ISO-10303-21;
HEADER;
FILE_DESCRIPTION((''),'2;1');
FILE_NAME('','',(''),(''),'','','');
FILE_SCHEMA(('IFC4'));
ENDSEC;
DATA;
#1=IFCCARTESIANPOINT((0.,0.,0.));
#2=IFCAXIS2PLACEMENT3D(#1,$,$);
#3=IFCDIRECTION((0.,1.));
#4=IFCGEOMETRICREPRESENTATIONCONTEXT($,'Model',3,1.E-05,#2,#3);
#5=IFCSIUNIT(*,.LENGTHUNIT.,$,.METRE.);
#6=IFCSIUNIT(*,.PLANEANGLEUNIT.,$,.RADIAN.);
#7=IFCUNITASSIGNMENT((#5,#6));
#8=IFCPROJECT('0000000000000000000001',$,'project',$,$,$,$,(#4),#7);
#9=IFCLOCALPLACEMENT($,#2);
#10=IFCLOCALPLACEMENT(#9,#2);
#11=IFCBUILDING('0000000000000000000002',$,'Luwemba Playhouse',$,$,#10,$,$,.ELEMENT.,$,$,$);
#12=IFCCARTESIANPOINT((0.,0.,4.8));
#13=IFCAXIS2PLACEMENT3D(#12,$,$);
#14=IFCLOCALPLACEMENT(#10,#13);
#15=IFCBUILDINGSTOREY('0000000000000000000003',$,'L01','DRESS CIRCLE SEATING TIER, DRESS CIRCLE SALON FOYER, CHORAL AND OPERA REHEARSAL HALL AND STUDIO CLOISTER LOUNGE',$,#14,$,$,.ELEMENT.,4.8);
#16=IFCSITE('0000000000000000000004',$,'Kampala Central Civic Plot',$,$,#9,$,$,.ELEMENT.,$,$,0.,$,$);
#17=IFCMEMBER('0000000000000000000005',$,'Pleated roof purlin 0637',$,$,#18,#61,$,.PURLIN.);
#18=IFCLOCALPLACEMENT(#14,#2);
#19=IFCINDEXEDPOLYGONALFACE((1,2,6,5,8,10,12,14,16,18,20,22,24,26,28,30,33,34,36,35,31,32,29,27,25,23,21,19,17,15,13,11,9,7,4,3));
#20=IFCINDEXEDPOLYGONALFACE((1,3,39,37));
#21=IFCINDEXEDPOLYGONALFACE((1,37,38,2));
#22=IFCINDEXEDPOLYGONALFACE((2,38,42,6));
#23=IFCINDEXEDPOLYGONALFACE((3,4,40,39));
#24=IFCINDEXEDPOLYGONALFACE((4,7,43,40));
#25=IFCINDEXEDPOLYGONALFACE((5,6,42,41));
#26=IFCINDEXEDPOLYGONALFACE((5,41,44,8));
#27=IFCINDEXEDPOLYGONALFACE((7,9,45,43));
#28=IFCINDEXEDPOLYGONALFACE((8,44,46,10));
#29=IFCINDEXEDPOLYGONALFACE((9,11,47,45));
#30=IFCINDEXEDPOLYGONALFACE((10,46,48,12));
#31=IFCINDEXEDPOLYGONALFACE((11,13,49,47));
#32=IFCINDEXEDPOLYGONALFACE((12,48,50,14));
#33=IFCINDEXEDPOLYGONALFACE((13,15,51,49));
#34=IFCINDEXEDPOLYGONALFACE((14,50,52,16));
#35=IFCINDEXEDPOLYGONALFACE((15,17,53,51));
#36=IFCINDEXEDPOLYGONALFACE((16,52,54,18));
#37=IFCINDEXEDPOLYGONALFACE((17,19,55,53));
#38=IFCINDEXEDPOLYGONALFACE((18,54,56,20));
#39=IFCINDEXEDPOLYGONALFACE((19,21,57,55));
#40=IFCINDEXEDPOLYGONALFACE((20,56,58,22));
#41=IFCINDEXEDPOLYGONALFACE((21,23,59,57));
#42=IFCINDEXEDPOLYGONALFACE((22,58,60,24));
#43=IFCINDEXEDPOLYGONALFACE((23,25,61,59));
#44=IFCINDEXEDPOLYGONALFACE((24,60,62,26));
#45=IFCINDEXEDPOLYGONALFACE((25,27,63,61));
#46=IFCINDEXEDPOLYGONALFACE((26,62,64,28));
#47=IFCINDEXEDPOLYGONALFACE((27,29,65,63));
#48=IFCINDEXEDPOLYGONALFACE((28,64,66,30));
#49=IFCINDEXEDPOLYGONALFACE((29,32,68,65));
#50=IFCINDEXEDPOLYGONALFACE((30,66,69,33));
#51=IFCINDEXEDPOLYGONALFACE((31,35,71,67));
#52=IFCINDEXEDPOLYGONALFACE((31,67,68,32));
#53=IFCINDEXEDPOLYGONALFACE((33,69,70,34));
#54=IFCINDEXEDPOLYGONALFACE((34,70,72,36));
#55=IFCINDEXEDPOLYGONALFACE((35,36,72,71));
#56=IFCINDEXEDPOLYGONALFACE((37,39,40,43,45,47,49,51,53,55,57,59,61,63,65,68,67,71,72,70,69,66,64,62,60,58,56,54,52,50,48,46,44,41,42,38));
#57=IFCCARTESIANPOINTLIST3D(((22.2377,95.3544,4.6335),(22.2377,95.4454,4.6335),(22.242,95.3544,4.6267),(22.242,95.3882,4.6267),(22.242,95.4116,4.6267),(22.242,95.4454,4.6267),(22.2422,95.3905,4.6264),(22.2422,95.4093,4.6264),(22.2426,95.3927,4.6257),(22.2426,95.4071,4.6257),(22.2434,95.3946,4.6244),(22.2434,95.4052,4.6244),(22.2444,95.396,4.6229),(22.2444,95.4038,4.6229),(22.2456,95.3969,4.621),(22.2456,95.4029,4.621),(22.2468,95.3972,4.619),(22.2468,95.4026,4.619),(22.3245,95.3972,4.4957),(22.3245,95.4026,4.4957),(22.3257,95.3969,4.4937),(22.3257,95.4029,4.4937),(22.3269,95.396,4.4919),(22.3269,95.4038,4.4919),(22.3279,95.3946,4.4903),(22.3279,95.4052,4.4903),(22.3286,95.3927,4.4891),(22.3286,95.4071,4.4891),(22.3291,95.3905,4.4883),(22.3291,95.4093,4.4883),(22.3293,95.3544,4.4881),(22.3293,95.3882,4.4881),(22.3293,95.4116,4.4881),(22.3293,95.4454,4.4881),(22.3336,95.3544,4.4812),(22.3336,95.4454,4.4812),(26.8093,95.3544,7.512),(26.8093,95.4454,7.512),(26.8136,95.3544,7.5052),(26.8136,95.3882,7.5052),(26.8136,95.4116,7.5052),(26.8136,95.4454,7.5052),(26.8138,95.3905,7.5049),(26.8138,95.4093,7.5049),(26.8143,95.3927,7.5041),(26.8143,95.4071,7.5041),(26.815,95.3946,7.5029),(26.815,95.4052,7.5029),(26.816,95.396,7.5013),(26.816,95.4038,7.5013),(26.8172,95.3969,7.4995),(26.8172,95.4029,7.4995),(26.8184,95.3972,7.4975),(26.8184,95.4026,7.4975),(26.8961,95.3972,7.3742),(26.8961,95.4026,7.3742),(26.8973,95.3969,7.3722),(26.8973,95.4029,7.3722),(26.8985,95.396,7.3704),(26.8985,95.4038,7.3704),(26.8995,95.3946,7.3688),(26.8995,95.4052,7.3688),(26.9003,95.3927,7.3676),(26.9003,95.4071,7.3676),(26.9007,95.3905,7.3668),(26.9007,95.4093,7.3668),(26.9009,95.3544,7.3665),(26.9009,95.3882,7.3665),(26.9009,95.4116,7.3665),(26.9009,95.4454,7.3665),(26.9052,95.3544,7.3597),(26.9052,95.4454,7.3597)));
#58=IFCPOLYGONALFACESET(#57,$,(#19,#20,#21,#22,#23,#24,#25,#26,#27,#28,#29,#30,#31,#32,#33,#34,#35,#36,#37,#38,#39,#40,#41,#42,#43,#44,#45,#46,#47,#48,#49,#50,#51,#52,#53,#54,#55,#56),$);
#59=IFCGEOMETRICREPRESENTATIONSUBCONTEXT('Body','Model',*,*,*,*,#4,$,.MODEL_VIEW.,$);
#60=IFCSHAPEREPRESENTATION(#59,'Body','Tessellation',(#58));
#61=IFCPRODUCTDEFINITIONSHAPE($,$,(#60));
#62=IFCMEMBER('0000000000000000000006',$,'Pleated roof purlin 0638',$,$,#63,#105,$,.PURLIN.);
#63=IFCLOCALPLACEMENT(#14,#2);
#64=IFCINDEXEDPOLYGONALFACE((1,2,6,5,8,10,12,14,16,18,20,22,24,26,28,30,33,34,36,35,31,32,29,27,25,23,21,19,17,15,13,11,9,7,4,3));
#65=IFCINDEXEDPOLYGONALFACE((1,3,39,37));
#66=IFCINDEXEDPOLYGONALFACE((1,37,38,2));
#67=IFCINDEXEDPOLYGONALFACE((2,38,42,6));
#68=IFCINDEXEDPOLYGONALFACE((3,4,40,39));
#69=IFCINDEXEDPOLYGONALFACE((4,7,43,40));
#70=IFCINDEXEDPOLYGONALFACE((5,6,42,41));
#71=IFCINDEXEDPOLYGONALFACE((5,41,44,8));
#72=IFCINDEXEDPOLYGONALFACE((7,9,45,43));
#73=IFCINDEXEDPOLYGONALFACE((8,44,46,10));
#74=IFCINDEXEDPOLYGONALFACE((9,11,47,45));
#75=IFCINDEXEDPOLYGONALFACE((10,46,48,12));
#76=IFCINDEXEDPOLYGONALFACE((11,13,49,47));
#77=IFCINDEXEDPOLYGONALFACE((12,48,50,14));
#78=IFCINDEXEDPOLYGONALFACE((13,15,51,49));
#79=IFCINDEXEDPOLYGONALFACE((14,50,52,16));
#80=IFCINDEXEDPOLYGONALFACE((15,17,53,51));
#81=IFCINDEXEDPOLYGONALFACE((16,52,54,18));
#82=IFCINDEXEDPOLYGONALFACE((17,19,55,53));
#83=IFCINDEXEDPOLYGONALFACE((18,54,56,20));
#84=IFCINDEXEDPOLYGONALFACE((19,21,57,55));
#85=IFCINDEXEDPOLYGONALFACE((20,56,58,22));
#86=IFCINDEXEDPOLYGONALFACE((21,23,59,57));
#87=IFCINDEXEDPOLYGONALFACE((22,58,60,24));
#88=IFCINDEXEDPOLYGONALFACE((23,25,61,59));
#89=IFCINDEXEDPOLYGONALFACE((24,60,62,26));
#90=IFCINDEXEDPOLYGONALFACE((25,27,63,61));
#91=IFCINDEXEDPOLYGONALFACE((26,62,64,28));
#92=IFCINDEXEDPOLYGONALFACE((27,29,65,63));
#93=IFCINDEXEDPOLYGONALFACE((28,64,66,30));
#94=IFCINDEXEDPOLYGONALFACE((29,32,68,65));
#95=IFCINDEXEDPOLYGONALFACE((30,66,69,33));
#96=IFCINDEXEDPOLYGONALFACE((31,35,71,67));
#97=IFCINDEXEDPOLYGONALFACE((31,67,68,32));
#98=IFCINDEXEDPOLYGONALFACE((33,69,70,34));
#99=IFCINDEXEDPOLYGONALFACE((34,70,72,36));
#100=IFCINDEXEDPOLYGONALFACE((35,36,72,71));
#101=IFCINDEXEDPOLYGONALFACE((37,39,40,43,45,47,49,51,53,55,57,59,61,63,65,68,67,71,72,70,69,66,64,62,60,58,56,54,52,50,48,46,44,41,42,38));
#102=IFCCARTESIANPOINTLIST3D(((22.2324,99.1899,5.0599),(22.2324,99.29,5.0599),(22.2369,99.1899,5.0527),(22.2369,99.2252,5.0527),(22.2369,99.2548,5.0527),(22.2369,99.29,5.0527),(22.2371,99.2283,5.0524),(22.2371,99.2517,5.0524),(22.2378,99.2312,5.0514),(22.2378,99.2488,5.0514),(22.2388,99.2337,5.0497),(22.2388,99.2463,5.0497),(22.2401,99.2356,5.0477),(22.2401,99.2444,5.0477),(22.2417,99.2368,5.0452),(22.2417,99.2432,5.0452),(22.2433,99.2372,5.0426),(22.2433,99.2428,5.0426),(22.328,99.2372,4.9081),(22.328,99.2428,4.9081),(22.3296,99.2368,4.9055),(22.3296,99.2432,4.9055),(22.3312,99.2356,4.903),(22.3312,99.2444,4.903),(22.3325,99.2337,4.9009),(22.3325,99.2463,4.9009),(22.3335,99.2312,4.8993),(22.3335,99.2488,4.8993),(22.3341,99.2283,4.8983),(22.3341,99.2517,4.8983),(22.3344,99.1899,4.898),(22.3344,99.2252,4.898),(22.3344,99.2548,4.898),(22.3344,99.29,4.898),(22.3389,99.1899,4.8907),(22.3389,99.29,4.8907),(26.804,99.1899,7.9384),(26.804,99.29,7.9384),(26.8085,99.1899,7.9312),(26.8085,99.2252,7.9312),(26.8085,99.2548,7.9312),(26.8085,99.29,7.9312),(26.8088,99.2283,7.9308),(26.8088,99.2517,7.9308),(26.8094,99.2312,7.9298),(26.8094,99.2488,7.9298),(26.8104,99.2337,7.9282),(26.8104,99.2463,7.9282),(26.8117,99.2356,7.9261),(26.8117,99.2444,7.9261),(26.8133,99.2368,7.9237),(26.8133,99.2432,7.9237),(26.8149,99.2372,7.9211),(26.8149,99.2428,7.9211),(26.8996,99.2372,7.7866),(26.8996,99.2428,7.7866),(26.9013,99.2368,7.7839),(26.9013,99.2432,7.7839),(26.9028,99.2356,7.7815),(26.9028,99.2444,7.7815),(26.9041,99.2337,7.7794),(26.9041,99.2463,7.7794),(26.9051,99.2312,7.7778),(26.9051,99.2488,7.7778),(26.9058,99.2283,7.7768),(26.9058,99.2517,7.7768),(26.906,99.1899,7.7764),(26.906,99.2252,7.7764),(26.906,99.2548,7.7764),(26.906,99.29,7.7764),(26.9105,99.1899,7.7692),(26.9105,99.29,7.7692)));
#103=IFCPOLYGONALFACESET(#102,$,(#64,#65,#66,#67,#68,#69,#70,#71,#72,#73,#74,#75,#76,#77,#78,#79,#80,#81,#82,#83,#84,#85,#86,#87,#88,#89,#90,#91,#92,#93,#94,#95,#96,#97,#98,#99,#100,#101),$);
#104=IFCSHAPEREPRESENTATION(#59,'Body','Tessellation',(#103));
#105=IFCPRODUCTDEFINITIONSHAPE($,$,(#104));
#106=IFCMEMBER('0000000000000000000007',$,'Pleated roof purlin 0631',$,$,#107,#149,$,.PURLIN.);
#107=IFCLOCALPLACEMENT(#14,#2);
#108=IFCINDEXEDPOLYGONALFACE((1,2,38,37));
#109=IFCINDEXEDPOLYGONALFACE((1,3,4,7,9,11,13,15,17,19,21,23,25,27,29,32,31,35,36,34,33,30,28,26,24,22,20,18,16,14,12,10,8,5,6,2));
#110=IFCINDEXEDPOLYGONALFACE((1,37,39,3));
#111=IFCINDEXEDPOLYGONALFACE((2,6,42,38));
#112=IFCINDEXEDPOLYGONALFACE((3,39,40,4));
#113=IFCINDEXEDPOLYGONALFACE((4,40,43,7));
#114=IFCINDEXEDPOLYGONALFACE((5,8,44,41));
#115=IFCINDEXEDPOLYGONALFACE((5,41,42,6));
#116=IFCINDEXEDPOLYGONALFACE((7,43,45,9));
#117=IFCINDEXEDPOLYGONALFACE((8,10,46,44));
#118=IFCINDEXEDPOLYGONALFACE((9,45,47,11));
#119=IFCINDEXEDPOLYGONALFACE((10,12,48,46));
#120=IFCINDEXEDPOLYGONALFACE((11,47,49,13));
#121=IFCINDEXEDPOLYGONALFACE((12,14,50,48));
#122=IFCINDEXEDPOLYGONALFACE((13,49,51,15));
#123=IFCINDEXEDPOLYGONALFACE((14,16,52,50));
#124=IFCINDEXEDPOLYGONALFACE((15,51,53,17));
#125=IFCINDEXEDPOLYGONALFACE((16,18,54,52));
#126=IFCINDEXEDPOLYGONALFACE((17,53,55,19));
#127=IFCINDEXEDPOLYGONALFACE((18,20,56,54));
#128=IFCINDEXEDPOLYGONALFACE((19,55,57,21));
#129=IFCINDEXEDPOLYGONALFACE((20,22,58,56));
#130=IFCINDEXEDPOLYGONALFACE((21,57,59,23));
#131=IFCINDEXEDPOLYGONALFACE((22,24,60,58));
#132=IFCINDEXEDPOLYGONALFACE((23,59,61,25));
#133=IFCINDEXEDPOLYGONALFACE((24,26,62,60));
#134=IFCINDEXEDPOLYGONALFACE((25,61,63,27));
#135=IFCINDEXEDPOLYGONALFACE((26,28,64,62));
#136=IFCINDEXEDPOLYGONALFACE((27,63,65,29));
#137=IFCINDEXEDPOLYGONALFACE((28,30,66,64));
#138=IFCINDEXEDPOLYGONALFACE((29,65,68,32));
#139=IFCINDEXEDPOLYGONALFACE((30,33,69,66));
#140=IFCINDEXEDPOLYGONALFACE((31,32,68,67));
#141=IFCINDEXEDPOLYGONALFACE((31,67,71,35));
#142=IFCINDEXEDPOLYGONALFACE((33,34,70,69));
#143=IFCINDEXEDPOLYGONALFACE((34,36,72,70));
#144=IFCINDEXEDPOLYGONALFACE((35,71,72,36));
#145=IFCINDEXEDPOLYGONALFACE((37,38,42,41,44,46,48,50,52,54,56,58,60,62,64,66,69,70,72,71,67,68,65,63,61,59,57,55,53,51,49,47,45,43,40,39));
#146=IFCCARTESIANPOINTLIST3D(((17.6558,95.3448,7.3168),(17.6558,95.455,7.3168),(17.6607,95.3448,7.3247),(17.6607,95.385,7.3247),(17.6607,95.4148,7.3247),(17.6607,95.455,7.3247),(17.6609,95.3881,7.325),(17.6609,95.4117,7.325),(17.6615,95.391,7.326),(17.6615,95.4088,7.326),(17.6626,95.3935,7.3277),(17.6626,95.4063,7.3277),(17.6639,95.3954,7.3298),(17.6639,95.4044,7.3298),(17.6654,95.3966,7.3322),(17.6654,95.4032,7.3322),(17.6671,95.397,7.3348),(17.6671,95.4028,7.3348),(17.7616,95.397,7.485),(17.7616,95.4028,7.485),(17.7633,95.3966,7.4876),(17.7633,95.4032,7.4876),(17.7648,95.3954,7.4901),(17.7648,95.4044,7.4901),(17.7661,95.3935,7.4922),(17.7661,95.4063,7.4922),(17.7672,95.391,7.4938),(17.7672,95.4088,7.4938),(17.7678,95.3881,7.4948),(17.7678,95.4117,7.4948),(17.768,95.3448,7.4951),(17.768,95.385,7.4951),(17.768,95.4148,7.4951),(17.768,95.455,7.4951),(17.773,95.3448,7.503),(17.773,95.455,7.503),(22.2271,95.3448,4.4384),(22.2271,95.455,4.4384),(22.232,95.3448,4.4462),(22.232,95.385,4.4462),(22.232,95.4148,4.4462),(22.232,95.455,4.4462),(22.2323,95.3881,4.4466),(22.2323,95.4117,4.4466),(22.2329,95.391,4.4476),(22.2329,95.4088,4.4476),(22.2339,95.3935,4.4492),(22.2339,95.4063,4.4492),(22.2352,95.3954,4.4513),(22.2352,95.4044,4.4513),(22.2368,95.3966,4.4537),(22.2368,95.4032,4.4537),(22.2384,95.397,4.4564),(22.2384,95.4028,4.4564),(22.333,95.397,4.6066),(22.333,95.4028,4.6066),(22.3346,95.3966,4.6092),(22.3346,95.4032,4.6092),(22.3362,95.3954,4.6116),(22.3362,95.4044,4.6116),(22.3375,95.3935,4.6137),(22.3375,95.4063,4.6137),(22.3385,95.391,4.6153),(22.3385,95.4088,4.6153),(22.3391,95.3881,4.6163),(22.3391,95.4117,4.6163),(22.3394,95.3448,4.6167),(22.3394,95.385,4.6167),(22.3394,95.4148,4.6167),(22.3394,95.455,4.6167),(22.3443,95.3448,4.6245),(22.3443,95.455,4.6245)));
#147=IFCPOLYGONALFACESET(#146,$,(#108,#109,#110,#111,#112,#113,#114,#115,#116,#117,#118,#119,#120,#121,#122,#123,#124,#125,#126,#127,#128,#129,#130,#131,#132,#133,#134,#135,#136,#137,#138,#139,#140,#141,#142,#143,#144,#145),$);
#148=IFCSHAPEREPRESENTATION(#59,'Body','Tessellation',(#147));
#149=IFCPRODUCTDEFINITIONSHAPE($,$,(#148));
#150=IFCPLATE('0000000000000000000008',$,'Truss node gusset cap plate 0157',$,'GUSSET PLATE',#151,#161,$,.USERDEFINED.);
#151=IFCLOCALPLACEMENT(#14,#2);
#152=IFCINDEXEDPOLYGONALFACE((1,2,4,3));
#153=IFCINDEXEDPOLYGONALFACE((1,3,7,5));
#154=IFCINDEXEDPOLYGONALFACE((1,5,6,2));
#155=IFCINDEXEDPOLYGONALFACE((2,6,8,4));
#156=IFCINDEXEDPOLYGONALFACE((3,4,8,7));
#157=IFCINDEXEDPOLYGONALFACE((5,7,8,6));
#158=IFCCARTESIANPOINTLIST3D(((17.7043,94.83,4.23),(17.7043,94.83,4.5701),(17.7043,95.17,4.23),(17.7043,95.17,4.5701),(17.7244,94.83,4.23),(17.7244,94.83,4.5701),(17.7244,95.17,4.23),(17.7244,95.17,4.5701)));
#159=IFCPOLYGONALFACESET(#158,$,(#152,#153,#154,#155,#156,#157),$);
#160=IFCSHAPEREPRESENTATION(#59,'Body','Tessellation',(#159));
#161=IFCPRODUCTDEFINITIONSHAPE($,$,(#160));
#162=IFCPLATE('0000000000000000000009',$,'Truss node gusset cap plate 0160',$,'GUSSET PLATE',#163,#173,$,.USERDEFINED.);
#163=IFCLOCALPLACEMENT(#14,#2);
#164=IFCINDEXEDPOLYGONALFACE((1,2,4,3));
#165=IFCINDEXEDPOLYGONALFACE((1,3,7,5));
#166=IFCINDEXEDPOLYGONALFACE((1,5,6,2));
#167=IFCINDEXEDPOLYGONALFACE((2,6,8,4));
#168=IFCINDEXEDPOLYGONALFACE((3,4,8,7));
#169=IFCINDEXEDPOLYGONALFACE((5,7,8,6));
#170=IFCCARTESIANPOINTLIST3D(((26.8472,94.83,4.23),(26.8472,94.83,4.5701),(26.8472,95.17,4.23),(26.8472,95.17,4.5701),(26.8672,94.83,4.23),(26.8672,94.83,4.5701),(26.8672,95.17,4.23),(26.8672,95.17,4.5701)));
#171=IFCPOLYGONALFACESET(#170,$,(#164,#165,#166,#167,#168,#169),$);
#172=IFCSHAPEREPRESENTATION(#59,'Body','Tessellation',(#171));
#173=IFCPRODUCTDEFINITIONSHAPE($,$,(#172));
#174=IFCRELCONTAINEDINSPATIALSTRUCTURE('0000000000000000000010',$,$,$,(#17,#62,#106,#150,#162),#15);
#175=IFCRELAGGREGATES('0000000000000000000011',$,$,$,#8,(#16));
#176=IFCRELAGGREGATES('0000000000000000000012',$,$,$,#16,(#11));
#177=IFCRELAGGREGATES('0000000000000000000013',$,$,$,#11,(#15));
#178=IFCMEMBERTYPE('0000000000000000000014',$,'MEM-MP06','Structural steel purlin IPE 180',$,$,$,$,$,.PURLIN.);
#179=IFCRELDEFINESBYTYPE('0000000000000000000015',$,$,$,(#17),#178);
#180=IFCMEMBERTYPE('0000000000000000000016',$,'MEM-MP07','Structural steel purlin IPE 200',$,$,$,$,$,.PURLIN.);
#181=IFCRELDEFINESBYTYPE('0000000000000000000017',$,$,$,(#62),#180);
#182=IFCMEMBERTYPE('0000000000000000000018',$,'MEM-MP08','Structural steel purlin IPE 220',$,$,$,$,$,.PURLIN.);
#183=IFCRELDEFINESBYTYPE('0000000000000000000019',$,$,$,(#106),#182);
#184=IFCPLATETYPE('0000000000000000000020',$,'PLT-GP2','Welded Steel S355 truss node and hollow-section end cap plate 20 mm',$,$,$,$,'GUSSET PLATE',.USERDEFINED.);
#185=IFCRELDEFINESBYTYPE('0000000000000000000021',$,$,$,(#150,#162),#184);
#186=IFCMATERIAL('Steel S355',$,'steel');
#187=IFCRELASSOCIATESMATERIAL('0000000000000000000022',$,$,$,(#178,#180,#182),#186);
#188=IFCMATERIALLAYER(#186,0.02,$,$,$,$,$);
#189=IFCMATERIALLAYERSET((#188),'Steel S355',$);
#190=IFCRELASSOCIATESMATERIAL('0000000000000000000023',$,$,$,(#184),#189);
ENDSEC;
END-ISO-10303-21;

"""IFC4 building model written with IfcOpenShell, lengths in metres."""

from ifc_helpers import new_model, si_unit, direction, frame, origin, origin_2d, place, context, subcontext, project, spatial, rectangle, i_section, extrude, material, layer, layer_set, material_profile, profile_set, type_object, element, save


model = new_model("IFC4")

# Units and contexts
model_context = context("Model", 3, precision=1e-05, world=origin(), true_north=direction((0.0, 1.0)))
body_context = subcontext(model_context, "Body", "Model", "MODEL_VIEW")
ifc_project = project(units=[si_unit("LENGTHUNIT", "METRE"), si_unit("PLANEANGLEUNIT", "RADIAN")], contexts=[model_context])

# Site, building, storey
site_placement = place(None, origin())
site = spatial("IfcSite", under=ifc_project, at=site_placement, Name="Kampala Central Civic Plot", CompositionType="ELEMENT", RefElevation=0.0)
building_placement = place(site_placement, origin())
building = spatial("IfcBuilding", under=site, at=building_placement, Name="Luwemba Playhouse", CompositionType="ELEMENT")
storey_placement = place(building_placement, frame((0.0, 0.0, 4.8)))
storey = spatial("IfcBuildingStorey", under=building, at=storey_placement, Name="L01", Description="DRESS CIRCLE SEATING TIER, DRESS CIRCLE SALON FOYER, CHORAL AND OPERA REHEARSAL HALL AND STUDIO CLOISTER LOUNGE", CompositionType="ELEMENT", Elevation=4.8)

# Shared definitions
ifc_material_1 = material(Name="Steel S355", Category="steel")

# Members
ifc_material_profile_1 = material_profile(ifc_material_1, i_section(OverallWidth=0.0911, OverallDepth=0.1799, WebThickness=0.0054, FlangeThickness=0.0081, FilletRadius=0.009, at=origin_2d()))
ifc_profile_set_1 = profile_set([ifc_material_profile_1], Name="Steel S355")
member_type_1 = type_object("IfcMemberType", Name="MEM-MP06", Description="Structural steel purlin IPE 180", PredefinedType="PURLIN", material=ifc_profile_set_1)
member_1_placement = place(storey_placement, frame((22.2856, 95.3999, 4.5574), z_axis=(0.846229, 0.0, 0.532819), x_axis=(0.0, 1.0, 0.0)))
element("IfcMember", 1, at=member_1_placement, inside=storey, type_object=member_type_1, Name="Pleated roof purlin 0637", PredefinedType="PURLIN", context=body_context, shape_type="SweptSolid", body=[
    extrude(i_section(OverallWidth=0.0911, OverallDepth=0.1799, WebThickness=0.0054, FlangeThickness=0.0081, FilletRadius=0.009, at=origin_2d()), origin(), (0.0, 0.0, 1.0), 5.4023),
])
ifc_material_profile_2 = material_profile(ifc_material_1, i_section(OverallWidth=0.1001, OverallDepth=0.2, WebThickness=0.0056, FlangeThickness=0.0085, FilletRadius=0.012, at=origin_2d()))
ifc_profile_set_2 = profile_set([ifc_material_profile_2], Name="Steel S355")
member_type_2 = type_object("IfcMemberType", Name="MEM-MP07", Description="Structural steel purlin IPE 200", PredefinedType="PURLIN", material=ifc_profile_set_2)
member_2_placement = place(storey_placement, frame((22.2856, 99.24, 4.9753), z_axis=(0.846229, 0.0, 0.532819), x_axis=(0.0, 1.0, 0.0)))
element("IfcMember", 2, at=member_2_placement, inside=storey, type_object=member_type_2, Name="Pleated roof purlin 0638", PredefinedType="PURLIN", context=body_context, shape_type="SweptSolid", body=[
    extrude(i_section(OverallWidth=0.1001, OverallDepth=0.2, WebThickness=0.0056, FlangeThickness=0.0085, FilletRadius=0.012, at=origin_2d()), origin(), (0.0, 0.0, 1.0), 5.4023),
])
ifc_material_profile_3 = material_profile(ifc_material_1, i_section(OverallWidth=0.1101, OverallDepth=0.22, WebThickness=0.0059, FlangeThickness=0.0093, FilletRadius=0.012, at=origin_2d()))
ifc_profile_set_3 = profile_set([ifc_material_profile_3], Name="Steel S355")
member_type_3 = type_object("IfcMemberType", Name="MEM-MP08", Description="Structural steel purlin IPE 220", PredefinedType="PURLIN", material=ifc_profile_set_3)
member_3_placement = place(storey_placement, frame((17.7144, 95.3999, 7.4099), z_axis=(0.846216, 0.0, -0.53284), x_axis=(0.0, 1.0, 0.0)))
element("IfcMember", 3, at=member_3_placement, inside=storey, type_object=member_type_3, Name="Pleated roof purlin 0631", PredefinedType="PURLIN", context=body_context, shape_type="SweptSolid", body=[
    extrude(i_section(OverallWidth=0.1101, OverallDepth=0.22, WebThickness=0.0059, FlangeThickness=0.0093, FilletRadius=0.012, at=origin_2d()), origin(), (0.0, 0.0, 1.0), 5.4021),
])

# Plates
ifc_layer_1 = layer(ifc_material_1, 0.02)
ifc_layer_set_1 = layer_set([ifc_layer_1], Name="Steel S355")
plate_type = type_object("IfcPlateType", Name="PLT-GP2", Description="Welded Steel S355 truss node and hollow-section end cap plate 20 mm", ElementType="GUSSET PLATE", PredefinedType="USERDEFINED", material=ifc_layer_set_1)
for number, where, z_axis, x_axis, name in (
    (4, (17.7144, 95.0, 4.23), (0.0, 0.0, 1.0), (1.0, 0.0, 0.0), "Truss node gusset cap plate 0157"),
    (5, (26.8572, 95.0, 4.23), (0.0, 0.0, 1.0), (1.0, 0.0, 0.0), "Truss node gusset cap plate 0160"),
):
    element("IfcPlate", number, at=place(storey_placement, frame(where, z_axis=z_axis, x_axis=x_axis)), inside=storey, type_object=plate_type, Name=name, ObjectType="GUSSET PLATE", PredefinedType="USERDEFINED", context=body_context, shape_type="SweptSolid", body=[
        extrude(rectangle(XDim=0.02, YDim=0.3401, at=origin_2d()), origin(), (0.0, 0.0, 1.0), 0.3401),
    ])

save(model, "model.ifc")
